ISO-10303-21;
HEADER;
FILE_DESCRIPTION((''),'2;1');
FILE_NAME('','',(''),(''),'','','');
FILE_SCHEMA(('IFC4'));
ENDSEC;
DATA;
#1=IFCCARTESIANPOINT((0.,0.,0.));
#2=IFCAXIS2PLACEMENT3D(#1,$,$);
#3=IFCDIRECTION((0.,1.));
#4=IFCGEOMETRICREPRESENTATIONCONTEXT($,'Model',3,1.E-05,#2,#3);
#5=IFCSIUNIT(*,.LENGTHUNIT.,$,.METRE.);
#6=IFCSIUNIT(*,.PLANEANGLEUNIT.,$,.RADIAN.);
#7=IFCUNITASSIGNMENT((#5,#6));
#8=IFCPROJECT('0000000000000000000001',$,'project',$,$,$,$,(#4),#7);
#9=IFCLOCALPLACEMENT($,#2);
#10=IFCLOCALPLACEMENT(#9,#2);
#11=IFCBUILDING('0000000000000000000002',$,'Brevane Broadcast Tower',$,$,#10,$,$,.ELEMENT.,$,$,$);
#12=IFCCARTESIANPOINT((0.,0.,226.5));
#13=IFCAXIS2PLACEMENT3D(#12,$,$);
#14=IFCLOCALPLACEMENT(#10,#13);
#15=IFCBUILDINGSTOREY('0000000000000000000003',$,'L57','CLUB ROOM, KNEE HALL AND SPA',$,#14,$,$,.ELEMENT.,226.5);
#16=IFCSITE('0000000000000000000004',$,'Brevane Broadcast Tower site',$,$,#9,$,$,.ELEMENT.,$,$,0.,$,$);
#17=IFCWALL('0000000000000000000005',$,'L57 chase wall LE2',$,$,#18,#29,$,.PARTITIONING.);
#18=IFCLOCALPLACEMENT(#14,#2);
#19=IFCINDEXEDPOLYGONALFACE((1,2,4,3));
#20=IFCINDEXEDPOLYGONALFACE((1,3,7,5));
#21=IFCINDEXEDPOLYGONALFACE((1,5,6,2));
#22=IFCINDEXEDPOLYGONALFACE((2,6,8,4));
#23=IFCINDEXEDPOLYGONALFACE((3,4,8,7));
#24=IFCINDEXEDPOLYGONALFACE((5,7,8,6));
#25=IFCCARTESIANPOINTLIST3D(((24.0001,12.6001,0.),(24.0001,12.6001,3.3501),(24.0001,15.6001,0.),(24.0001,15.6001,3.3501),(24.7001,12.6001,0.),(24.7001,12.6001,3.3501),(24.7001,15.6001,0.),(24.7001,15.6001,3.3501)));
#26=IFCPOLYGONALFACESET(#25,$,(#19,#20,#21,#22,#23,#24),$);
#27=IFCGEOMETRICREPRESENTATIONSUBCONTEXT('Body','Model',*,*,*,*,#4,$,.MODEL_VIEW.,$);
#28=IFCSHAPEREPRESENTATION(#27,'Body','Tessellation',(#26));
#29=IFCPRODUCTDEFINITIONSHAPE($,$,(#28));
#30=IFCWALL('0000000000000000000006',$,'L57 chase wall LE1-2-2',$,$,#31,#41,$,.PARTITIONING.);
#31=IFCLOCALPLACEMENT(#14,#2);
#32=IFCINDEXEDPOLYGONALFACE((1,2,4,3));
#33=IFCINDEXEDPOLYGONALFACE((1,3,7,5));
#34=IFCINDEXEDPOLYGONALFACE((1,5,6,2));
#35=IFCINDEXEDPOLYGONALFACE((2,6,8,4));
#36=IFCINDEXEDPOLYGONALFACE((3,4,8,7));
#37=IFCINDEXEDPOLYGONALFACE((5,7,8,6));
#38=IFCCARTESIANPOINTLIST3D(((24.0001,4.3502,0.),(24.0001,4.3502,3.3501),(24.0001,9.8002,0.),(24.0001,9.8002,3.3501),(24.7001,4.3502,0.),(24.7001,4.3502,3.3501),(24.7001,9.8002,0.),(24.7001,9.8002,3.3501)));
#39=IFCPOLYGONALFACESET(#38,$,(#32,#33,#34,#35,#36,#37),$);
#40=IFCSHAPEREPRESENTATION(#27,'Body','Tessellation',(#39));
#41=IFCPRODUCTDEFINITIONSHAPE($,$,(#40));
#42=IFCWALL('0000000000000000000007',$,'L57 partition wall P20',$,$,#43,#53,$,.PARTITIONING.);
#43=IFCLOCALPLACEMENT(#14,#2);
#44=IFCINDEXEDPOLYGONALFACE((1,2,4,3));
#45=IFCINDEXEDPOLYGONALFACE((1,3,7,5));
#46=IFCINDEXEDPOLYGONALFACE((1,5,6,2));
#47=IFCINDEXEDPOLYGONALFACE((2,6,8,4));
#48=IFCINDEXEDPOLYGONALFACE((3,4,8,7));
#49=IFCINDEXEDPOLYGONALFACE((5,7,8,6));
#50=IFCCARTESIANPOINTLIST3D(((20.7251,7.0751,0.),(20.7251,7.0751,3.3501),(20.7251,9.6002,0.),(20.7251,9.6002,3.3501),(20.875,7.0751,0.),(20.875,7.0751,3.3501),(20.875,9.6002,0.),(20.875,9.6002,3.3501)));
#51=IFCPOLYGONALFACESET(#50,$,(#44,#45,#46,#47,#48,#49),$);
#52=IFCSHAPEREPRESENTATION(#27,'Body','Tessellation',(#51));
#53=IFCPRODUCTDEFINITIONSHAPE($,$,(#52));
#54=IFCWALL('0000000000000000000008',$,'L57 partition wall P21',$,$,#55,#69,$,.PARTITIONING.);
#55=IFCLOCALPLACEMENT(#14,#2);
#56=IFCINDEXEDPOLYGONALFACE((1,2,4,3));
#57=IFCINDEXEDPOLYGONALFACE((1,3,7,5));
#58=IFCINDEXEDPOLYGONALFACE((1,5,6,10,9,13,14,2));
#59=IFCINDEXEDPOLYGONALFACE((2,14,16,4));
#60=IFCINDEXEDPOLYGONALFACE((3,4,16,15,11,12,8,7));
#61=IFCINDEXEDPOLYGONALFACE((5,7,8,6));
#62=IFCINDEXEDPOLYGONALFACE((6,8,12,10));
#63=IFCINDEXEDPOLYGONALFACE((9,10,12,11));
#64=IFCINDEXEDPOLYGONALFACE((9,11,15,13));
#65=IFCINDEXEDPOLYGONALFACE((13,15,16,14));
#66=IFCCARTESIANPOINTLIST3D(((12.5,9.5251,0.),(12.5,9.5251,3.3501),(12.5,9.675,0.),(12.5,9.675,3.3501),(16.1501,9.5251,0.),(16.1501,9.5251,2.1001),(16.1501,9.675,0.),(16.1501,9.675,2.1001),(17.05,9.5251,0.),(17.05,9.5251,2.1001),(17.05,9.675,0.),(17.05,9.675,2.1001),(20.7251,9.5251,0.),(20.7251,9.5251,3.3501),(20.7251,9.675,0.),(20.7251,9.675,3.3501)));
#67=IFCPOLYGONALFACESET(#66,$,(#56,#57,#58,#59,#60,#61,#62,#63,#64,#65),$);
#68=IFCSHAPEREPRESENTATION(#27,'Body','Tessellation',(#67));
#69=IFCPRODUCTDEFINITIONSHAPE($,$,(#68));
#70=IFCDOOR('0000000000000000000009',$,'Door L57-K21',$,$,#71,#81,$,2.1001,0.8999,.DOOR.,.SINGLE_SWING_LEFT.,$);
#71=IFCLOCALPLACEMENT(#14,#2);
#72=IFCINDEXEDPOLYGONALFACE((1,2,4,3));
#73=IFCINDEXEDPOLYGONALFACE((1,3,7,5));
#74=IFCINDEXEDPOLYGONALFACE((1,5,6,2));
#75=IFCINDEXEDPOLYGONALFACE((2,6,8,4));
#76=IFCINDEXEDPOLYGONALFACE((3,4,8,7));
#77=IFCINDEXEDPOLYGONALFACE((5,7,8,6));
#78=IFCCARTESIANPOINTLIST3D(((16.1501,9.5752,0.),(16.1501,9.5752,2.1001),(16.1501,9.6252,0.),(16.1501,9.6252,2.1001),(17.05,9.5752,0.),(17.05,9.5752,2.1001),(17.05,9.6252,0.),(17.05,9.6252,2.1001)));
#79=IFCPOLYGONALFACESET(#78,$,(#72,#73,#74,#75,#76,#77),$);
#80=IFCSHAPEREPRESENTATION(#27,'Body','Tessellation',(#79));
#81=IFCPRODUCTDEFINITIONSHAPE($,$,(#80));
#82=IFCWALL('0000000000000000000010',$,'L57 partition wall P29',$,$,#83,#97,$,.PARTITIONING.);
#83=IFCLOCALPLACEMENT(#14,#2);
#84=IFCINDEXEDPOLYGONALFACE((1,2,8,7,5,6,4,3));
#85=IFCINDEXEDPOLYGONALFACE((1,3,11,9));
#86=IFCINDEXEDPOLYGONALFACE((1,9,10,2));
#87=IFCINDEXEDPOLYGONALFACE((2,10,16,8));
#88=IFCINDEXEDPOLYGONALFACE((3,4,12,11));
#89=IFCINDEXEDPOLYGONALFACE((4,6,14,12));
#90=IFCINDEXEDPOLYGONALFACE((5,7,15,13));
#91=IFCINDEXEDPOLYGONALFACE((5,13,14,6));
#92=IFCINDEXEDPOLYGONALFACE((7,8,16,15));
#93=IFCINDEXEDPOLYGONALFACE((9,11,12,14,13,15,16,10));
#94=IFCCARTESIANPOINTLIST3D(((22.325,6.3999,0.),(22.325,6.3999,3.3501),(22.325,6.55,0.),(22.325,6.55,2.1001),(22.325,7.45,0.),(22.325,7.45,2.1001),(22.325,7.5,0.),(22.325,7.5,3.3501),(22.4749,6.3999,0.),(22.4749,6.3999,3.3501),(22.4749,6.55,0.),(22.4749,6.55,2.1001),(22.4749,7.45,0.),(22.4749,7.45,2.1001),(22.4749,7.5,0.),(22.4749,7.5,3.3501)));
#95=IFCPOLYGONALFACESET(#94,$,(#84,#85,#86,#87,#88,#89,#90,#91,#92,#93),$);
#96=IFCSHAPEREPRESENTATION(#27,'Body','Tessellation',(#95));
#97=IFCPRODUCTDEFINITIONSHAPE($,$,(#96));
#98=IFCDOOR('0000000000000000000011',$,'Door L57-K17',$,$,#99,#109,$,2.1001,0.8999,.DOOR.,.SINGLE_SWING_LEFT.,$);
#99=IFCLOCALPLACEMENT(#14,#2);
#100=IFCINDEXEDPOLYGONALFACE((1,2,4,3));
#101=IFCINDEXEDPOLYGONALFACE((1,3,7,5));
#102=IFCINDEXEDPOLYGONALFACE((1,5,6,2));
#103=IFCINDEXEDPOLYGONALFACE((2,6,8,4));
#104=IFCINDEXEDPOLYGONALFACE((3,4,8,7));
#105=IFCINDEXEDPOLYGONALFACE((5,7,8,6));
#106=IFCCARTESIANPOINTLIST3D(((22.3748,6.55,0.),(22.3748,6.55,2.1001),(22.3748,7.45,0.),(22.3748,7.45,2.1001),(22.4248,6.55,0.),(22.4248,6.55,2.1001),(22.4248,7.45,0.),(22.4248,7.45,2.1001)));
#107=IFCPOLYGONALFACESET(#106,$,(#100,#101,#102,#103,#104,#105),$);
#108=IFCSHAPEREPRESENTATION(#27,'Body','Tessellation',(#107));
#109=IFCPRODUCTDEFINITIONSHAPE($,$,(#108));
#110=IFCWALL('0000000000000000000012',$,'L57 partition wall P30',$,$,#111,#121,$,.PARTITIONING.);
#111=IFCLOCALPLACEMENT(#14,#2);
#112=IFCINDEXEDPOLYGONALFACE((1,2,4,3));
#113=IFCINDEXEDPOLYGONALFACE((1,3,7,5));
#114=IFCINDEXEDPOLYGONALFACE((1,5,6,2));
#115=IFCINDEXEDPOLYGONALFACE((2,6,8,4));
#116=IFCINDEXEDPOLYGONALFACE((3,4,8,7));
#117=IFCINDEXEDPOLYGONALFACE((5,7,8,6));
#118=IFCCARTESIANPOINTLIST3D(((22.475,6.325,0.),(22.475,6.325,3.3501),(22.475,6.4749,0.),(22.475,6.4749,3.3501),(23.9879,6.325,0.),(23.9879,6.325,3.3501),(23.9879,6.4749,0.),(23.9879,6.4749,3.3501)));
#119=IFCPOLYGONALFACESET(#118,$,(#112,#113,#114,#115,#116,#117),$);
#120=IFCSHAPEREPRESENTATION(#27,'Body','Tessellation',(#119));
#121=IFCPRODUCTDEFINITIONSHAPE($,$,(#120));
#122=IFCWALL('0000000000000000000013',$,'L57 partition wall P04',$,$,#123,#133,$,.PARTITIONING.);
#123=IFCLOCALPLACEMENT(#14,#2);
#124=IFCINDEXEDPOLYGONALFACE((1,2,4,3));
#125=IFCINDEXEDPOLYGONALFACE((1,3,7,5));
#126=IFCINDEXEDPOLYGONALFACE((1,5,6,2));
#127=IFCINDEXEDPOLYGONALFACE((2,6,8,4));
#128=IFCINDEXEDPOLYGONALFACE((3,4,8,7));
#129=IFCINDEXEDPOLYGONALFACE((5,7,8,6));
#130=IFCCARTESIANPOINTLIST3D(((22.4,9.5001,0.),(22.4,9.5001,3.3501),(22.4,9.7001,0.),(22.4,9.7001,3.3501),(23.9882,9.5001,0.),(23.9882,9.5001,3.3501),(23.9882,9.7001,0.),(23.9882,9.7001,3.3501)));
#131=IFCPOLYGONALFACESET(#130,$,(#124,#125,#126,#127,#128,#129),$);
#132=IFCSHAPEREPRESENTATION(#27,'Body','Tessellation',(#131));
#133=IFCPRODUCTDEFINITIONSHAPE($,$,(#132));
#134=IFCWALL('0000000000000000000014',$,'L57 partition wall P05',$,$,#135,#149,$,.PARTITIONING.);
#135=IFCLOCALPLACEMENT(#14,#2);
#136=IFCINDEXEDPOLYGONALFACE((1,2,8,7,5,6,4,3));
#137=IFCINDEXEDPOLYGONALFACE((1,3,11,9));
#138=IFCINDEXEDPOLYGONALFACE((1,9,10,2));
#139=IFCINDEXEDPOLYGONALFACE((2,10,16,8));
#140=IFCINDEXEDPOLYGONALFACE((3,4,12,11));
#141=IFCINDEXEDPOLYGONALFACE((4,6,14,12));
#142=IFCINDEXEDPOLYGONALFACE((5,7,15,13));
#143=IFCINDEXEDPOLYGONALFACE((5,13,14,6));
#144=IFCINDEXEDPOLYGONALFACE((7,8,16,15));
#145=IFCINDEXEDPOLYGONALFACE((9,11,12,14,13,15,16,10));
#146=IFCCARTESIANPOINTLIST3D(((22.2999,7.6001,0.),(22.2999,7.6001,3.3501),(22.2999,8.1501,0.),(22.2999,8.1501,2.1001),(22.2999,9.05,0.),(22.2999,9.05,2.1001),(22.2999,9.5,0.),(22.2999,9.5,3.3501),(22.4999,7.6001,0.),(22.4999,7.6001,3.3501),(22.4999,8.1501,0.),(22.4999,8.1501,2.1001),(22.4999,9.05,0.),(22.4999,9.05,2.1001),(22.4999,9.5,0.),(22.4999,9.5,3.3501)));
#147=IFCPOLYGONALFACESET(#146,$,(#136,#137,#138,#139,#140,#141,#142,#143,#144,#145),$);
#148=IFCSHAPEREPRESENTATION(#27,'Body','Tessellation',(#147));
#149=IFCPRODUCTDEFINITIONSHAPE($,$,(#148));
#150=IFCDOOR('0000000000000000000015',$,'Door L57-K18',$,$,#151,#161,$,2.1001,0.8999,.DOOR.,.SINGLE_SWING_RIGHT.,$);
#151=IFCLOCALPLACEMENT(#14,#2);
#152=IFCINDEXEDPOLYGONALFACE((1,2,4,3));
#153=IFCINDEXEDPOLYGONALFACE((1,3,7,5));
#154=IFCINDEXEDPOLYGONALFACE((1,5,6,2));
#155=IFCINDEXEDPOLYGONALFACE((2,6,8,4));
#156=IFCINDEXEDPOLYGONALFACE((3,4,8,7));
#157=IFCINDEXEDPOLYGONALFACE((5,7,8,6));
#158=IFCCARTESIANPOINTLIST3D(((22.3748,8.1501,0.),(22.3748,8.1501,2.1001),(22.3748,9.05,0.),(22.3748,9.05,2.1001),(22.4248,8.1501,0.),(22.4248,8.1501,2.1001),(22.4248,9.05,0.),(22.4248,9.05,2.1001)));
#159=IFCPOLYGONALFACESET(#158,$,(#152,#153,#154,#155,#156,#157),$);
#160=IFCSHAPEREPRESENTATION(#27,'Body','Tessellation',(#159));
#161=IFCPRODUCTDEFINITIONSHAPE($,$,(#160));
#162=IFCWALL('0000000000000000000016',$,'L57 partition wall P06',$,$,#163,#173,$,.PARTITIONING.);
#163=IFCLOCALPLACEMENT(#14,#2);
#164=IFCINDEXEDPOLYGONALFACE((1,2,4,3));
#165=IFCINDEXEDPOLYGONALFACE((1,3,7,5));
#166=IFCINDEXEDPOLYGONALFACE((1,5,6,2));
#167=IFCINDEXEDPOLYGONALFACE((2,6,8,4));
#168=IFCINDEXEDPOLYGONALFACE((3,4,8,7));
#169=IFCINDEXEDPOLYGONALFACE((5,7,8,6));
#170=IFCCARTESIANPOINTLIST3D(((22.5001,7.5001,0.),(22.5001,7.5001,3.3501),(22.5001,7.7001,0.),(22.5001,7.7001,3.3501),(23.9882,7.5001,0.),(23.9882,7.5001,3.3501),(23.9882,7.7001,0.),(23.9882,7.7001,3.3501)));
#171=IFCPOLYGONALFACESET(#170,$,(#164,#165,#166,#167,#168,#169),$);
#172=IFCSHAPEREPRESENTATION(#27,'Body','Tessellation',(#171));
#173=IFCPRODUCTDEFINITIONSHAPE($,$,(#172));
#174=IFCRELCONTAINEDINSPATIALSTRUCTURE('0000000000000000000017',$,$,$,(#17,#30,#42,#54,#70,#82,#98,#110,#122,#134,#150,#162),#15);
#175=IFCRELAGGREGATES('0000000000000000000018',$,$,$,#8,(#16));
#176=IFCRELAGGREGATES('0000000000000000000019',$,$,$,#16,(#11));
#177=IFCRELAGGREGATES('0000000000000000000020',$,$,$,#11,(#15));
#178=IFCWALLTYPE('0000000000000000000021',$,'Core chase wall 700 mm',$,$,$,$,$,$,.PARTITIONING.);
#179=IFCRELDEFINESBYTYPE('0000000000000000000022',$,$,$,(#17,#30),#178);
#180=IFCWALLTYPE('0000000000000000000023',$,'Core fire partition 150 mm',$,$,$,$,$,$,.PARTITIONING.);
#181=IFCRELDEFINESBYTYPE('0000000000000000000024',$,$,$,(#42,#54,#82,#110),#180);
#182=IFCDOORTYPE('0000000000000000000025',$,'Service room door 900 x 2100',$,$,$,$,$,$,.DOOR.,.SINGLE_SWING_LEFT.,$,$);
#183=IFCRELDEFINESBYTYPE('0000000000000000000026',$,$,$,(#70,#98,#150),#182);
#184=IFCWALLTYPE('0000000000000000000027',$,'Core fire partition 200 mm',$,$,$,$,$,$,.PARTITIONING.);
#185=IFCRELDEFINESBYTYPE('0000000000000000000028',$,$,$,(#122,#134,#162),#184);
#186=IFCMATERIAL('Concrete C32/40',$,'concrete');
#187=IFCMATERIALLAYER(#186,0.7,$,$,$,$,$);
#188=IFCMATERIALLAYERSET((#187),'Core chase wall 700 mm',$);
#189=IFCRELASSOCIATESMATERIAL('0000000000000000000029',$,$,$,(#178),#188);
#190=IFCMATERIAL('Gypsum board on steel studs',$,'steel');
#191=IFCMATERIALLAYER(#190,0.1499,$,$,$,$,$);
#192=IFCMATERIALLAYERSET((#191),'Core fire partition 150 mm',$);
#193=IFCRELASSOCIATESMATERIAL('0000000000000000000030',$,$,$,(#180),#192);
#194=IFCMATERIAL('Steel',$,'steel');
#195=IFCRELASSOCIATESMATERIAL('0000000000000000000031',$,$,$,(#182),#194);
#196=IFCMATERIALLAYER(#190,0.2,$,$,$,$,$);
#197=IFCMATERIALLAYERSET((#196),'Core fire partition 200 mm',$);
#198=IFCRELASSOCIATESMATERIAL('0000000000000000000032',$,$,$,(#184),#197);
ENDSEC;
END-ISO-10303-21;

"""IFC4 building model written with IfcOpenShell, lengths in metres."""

from ifc_helpers import new_model, si_unit, direction, frame, frame_2d, origin, place, context, subcontext, project, spatial, rectangle, extrude, material, layer, layer_set, type_object, element, fill, save


model = new_model("IFC4")

# Units and contexts
model_context = context("Model", 3, precision=1e-05, world=origin(), true_north=direction((0.0, 1.0)))
body_context = subcontext(model_context, "Body", "Model", "MODEL_VIEW")
ifc_project = project(units=[si_unit("LENGTHUNIT", "METRE"), si_unit("PLANEANGLEUNIT", "RADIAN")], contexts=[model_context])

# Site, building, storey
site_placement = place(None, origin())
site = spatial("IfcSite", under=ifc_project, at=site_placement, Name="Brevane Broadcast Tower site", CompositionType="ELEMENT", RefElevation=0.0)
building_placement = place(site_placement, origin())
building = spatial("IfcBuilding", under=site, at=building_placement, Name="Brevane Broadcast Tower", CompositionType="ELEMENT")
storey_placement = place(building_placement, frame((0.0, 0.0, 226.5)))
storey = spatial("IfcBuildingStorey", under=building, at=storey_placement, Name="L57", Description="CLUB ROOM, KNEE HALL AND SPA", CompositionType="ELEMENT", Elevation=226.5)

# Walls
ifc_material_1 = material(Name="Concrete C32/40", Category="concrete")
ifc_layer_1 = layer(ifc_material_1, 0.7)
ifc_layer_set_1 = layer_set([ifc_layer_1], Name="Core chase wall 700 mm")
wall_type_1 = type_object("IfcWallType", Name="Core chase wall 700 mm", PredefinedType="PARTITIONING", material=ifc_layer_set_1)
wall_1_placement = place(storey_placement, frame((24.3501, 12.6001, 0.0), z_axis=(0.0, 0.0, 1.0), x_axis=(0.0, 1.0, 0.0)))
element("IfcWall", 1, at=wall_1_placement, inside=storey, type_object=wall_type_1, Name="L57 chase wall LE2", PredefinedType="PARTITIONING", context=body_context, shape_type="SweptSolid", body=[
    extrude(rectangle(XDim=3.0, YDim=0.7, at=frame_2d((1.5, 0.0))), origin(), (0.0, 0.0, 1.0), 3.3501),
])
wall_2_placement = place(storey_placement, frame((24.3501, 4.3501, 0.0), z_axis=(0.0, 0.0, 1.0), x_axis=(0.0, 1.0, 0.0)))
element("IfcWall", 2, at=wall_2_placement, inside=storey, type_object=wall_type_1, Name="L57 chase wall LE1-2-2", PredefinedType="PARTITIONING", context=body_context, shape_type="SweptSolid", body=[
    extrude(rectangle(XDim=5.45, YDim=0.7, at=frame_2d((2.7251, 0.0))), origin(), (0.0, 0.0, 1.0), 3.3501),
])
ifc_material_2 = material(Name="Gypsum board on steel studs", Category="steel")
ifc_layer_2 = layer(ifc_material_2, 0.1499)
ifc_layer_set_2 = layer_set([ifc_layer_2], Name="Core fire partition 150 mm")
wall_type_2 = type_object("IfcWallType", Name="Core fire partition 150 mm", PredefinedType="PARTITIONING", material=ifc_layer_set_2)
wall_3_placement = place(storey_placement, frame((20.8, 7.075, 0.0), z_axis=(0.0, 0.0, 1.0), x_axis=(0.0, 1.0, 0.0)))
element("IfcWall", 3, at=wall_3_placement, inside=storey, type_object=wall_type_2, Name="L57 partition wall P20", PredefinedType="PARTITIONING", context=body_context, shape_type="SweptSolid", body=[
    extrude(rectangle(XDim=2.5251, YDim=0.1499, at=frame_2d((1.2627, 0.0))), origin(), (0.0, 0.0, 1.0), 3.3501),
])

# Walls, openings, doors
wall_4_placement = place(storey_placement, frame((20.7251, 9.6001, 0.0), z_axis=(0.0, 0.0, 1.0), x_axis=(-1.0, 0.0, 0.0)))
wall_4 = element("IfcWall", 4, at=wall_4_placement, inside=storey, type_object=wall_type_2, Name="L57 partition wall P21", PredefinedType="PARTITIONING", context=body_context, shape_type="SweptSolid", body=[
    extrude(rectangle(XDim=8.2251, YDim=0.1499, at=frame_2d((4.1125, 0.0))), origin(), (0.0, 0.0, 1.0), 3.3501),
])
opening_1_placement = place(wall_4_placement, frame((3.675, 0.0, 0.0)))
opening_1 = element("IfcOpeningElement", 5, at=opening_1_placement, cuts=wall_4, PredefinedType="OPENING", context=body_context, shape_type="SweptSolid", body=[
    extrude(rectangle(XDim=0.8999, YDim=2.1001, at=frame_2d((0.45, 1.05))), frame((0.0, 0.085, 0.0), z_axis=(0.0, -1.0, 0.0), x_axis=(1.0, 0.0, 0.0)), (0.0, 0.0, 1.0), 0.1699),
])
ifc_material_3 = material(Name="Steel", Category="steel")
door_type_1 = type_object("IfcDoorType", Name="Service room door 900 x 2100", OperationType="SINGLE_SWING_LEFT", PredefinedType="DOOR", material=ifc_material_3)
door_1_placement = place(opening_1_placement, origin())
door_1 = element("IfcDoor", 6, at=door_1_placement, inside=storey, type_object=door_type_1, Name="Door L57-K21", OperationType="SINGLE_SWING_LEFT", OverallHeight=2.1001, OverallWidth=0.8999, PredefinedType="DOOR", context=body_context, shape_type="SweptSolid", body=[
    extrude(rectangle(XDim=0.8999, YDim=2.1001, at=frame_2d((0.45, 1.05))), frame((0.0, 0.0249, 0.0), z_axis=(0.0, -1.0, 0.0), x_axis=(1.0, 0.0, 0.0)), (0.0, 0.0, 1.0), 0.05),
])
fill(opening_1, door_1)
wall_5_placement = place(storey_placement, frame((22.3999, 7.5, 0.0), z_axis=(0.0, 0.0, 1.0), x_axis=(0.0, -1.0, 0.0)))
wall_5 = element("IfcWall", 7, at=wall_5_placement, inside=storey, type_object=wall_type_2, Name="L57 partition wall P29", PredefinedType="PARTITIONING", context=body_context, shape_type="SweptSolid", body=[
    extrude(rectangle(XDim=1.1001, YDim=0.1499, at=frame_2d((0.55, 0.0))), origin(), (0.0, 0.0, 1.0), 3.3501),
])
opening_2_placement = place(wall_5_placement, frame((0.05, 0.0, 0.0)))
opening_2 = element("IfcOpeningElement", 8, at=opening_2_placement, cuts=wall_5, PredefinedType="OPENING", context=body_context, shape_type="SweptSolid", body=[
    extrude(rectangle(XDim=0.8999, YDim=2.1001, at=frame_2d((0.45, 1.05))), frame((0.0, 0.085, 0.0), z_axis=(0.0, -1.0, 0.0), x_axis=(1.0, 0.0, 0.0)), (0.0, 0.0, 1.0), 0.1699),
])
door_2_placement = place(opening_2_placement, origin())
door_2 = element("IfcDoor", 9, at=door_2_placement, inside=storey, type_object=door_type_1, Name="Door L57-K17", OperationType="SINGLE_SWING_LEFT", OverallHeight=2.1001, OverallWidth=0.8999, PredefinedType="DOOR", context=body_context, shape_type="SweptSolid", body=[
    extrude(rectangle(XDim=0.8999, YDim=2.1001, at=frame_2d((0.45, 1.05))), frame((0.0, 0.0249, 0.0), z_axis=(0.0, -1.0, 0.0), x_axis=(1.0, 0.0, 0.0)), (0.0, 0.0, 1.0), 0.05),
])
fill(opening_2, door_2)

# Walls
wall_6_placement = place(storey_placement, frame((22.4751, 6.3999, 0.0), z_axis=(0.0, 0.0, 1.0), x_axis=(1.0, 0.0, 0.0)))
element("IfcWall", 10, at=wall_6_placement, inside=storey, type_object=wall_type_2, Name="L57 partition wall P30", PredefinedType="PARTITIONING", context=body_context, shape_type="SweptSolid", body=[
    extrude(rectangle(XDim=1.5129, YDim=0.1499, at=frame_2d((0.7563, 0.0))), origin(), (0.0, 0.0, 1.0), 3.3501),
])
ifc_layer_3 = layer(ifc_material_2, 0.2)
ifc_layer_set_3 = layer_set([ifc_layer_3], Name="Core fire partition 200 mm")
wall_type_3 = type_object("IfcWallType", Name="Core fire partition 200 mm", PredefinedType="PARTITIONING", material=ifc_layer_set_3)
wall_7_placement = place(storey_placement, frame((23.988, 9.6001, 0.0), z_axis=(0.0, 0.0, 1.0), x_axis=(-1.0, 0.0, 0.0)))
element("IfcWall", 11, at=wall_7_placement, inside=storey, type_object=wall_type_3, Name="L57 partition wall P04", PredefinedType="PARTITIONING", context=body_context, shape_type="SweptSolid", body=[
    extrude(rectangle(XDim=1.5881, YDim=0.2, at=frame_2d((0.7939, 0.0))), origin(), (0.0, 0.0, 1.0), 3.3501),
])

# Wall, opening, door
wall_8_placement = place(storey_placement, frame((22.3999, 9.5, 0.0), z_axis=(0.0, 0.0, 1.0), x_axis=(0.0, -1.0, 0.0)))
wall_8 = element("IfcWall", 12, at=wall_8_placement, inside=storey, type_object=wall_type_3, Name="L57 partition wall P05", PredefinedType="PARTITIONING", context=body_context, shape_type="SweptSolid", body=[
    extrude(rectangle(XDim=1.8999, YDim=0.2, at=frame_2d((0.95, 0.0))), origin(), (0.0, 0.0, 1.0), 3.3501),
])
opening_3_placement = place(wall_8_placement, frame((0.45, 0.0, 0.0)))
opening_3 = element("IfcOpeningElement", 13, at=opening_3_placement, cuts=wall_8, PredefinedType="OPENING", context=body_context, shape_type="SweptSolid", body=[
    extrude(rectangle(XDim=0.8999, YDim=2.1001, at=frame_2d((0.45, 1.05))), frame((0.0, 0.1099, 0.0), z_axis=(0.0, -1.0, 0.0), x_axis=(1.0, 0.0, 0.0)), (0.0, 0.0, 1.0), 0.22),
])
door_3_placement = place(opening_3_placement, origin())
door_3 = element("IfcDoor", 14, at=door_3_placement, inside=storey, type_object=door_type_1, Name="Door L57-K18", OperationType="SINGLE_SWING_RIGHT", OverallHeight=2.1001, OverallWidth=0.8999, PredefinedType="DOOR", context=body_context, shape_type="SweptSolid", body=[
    extrude(rectangle(XDim=0.8999, YDim=2.1001, at=frame_2d((0.45, 1.05))), frame((0.0, 0.0249, 0.0), z_axis=(0.0, -1.0, 0.0), x_axis=(1.0, 0.0, 0.0)), (0.0, 0.0, 1.0), 0.05),
])
fill(opening_3, door_3)

# Wall
wall_9_placement = place(storey_placement, frame((22.5, 7.6001, 0.0), z_axis=(0.0, 0.0, 1.0), x_axis=(1.0, 0.0, 0.0)))
element("IfcWall", 15, at=wall_9_placement, inside=storey, type_object=wall_type_3, Name="L57 partition wall P06", PredefinedType="PARTITIONING", context=body_context, shape_type="SweptSolid", body=[
    extrude(rectangle(XDim=1.488, YDim=0.2, at=frame_2d((0.7441, 0.0))), origin(), (0.0, 0.0, 1.0), 3.3501),
])

save(model, "model.ifc")
